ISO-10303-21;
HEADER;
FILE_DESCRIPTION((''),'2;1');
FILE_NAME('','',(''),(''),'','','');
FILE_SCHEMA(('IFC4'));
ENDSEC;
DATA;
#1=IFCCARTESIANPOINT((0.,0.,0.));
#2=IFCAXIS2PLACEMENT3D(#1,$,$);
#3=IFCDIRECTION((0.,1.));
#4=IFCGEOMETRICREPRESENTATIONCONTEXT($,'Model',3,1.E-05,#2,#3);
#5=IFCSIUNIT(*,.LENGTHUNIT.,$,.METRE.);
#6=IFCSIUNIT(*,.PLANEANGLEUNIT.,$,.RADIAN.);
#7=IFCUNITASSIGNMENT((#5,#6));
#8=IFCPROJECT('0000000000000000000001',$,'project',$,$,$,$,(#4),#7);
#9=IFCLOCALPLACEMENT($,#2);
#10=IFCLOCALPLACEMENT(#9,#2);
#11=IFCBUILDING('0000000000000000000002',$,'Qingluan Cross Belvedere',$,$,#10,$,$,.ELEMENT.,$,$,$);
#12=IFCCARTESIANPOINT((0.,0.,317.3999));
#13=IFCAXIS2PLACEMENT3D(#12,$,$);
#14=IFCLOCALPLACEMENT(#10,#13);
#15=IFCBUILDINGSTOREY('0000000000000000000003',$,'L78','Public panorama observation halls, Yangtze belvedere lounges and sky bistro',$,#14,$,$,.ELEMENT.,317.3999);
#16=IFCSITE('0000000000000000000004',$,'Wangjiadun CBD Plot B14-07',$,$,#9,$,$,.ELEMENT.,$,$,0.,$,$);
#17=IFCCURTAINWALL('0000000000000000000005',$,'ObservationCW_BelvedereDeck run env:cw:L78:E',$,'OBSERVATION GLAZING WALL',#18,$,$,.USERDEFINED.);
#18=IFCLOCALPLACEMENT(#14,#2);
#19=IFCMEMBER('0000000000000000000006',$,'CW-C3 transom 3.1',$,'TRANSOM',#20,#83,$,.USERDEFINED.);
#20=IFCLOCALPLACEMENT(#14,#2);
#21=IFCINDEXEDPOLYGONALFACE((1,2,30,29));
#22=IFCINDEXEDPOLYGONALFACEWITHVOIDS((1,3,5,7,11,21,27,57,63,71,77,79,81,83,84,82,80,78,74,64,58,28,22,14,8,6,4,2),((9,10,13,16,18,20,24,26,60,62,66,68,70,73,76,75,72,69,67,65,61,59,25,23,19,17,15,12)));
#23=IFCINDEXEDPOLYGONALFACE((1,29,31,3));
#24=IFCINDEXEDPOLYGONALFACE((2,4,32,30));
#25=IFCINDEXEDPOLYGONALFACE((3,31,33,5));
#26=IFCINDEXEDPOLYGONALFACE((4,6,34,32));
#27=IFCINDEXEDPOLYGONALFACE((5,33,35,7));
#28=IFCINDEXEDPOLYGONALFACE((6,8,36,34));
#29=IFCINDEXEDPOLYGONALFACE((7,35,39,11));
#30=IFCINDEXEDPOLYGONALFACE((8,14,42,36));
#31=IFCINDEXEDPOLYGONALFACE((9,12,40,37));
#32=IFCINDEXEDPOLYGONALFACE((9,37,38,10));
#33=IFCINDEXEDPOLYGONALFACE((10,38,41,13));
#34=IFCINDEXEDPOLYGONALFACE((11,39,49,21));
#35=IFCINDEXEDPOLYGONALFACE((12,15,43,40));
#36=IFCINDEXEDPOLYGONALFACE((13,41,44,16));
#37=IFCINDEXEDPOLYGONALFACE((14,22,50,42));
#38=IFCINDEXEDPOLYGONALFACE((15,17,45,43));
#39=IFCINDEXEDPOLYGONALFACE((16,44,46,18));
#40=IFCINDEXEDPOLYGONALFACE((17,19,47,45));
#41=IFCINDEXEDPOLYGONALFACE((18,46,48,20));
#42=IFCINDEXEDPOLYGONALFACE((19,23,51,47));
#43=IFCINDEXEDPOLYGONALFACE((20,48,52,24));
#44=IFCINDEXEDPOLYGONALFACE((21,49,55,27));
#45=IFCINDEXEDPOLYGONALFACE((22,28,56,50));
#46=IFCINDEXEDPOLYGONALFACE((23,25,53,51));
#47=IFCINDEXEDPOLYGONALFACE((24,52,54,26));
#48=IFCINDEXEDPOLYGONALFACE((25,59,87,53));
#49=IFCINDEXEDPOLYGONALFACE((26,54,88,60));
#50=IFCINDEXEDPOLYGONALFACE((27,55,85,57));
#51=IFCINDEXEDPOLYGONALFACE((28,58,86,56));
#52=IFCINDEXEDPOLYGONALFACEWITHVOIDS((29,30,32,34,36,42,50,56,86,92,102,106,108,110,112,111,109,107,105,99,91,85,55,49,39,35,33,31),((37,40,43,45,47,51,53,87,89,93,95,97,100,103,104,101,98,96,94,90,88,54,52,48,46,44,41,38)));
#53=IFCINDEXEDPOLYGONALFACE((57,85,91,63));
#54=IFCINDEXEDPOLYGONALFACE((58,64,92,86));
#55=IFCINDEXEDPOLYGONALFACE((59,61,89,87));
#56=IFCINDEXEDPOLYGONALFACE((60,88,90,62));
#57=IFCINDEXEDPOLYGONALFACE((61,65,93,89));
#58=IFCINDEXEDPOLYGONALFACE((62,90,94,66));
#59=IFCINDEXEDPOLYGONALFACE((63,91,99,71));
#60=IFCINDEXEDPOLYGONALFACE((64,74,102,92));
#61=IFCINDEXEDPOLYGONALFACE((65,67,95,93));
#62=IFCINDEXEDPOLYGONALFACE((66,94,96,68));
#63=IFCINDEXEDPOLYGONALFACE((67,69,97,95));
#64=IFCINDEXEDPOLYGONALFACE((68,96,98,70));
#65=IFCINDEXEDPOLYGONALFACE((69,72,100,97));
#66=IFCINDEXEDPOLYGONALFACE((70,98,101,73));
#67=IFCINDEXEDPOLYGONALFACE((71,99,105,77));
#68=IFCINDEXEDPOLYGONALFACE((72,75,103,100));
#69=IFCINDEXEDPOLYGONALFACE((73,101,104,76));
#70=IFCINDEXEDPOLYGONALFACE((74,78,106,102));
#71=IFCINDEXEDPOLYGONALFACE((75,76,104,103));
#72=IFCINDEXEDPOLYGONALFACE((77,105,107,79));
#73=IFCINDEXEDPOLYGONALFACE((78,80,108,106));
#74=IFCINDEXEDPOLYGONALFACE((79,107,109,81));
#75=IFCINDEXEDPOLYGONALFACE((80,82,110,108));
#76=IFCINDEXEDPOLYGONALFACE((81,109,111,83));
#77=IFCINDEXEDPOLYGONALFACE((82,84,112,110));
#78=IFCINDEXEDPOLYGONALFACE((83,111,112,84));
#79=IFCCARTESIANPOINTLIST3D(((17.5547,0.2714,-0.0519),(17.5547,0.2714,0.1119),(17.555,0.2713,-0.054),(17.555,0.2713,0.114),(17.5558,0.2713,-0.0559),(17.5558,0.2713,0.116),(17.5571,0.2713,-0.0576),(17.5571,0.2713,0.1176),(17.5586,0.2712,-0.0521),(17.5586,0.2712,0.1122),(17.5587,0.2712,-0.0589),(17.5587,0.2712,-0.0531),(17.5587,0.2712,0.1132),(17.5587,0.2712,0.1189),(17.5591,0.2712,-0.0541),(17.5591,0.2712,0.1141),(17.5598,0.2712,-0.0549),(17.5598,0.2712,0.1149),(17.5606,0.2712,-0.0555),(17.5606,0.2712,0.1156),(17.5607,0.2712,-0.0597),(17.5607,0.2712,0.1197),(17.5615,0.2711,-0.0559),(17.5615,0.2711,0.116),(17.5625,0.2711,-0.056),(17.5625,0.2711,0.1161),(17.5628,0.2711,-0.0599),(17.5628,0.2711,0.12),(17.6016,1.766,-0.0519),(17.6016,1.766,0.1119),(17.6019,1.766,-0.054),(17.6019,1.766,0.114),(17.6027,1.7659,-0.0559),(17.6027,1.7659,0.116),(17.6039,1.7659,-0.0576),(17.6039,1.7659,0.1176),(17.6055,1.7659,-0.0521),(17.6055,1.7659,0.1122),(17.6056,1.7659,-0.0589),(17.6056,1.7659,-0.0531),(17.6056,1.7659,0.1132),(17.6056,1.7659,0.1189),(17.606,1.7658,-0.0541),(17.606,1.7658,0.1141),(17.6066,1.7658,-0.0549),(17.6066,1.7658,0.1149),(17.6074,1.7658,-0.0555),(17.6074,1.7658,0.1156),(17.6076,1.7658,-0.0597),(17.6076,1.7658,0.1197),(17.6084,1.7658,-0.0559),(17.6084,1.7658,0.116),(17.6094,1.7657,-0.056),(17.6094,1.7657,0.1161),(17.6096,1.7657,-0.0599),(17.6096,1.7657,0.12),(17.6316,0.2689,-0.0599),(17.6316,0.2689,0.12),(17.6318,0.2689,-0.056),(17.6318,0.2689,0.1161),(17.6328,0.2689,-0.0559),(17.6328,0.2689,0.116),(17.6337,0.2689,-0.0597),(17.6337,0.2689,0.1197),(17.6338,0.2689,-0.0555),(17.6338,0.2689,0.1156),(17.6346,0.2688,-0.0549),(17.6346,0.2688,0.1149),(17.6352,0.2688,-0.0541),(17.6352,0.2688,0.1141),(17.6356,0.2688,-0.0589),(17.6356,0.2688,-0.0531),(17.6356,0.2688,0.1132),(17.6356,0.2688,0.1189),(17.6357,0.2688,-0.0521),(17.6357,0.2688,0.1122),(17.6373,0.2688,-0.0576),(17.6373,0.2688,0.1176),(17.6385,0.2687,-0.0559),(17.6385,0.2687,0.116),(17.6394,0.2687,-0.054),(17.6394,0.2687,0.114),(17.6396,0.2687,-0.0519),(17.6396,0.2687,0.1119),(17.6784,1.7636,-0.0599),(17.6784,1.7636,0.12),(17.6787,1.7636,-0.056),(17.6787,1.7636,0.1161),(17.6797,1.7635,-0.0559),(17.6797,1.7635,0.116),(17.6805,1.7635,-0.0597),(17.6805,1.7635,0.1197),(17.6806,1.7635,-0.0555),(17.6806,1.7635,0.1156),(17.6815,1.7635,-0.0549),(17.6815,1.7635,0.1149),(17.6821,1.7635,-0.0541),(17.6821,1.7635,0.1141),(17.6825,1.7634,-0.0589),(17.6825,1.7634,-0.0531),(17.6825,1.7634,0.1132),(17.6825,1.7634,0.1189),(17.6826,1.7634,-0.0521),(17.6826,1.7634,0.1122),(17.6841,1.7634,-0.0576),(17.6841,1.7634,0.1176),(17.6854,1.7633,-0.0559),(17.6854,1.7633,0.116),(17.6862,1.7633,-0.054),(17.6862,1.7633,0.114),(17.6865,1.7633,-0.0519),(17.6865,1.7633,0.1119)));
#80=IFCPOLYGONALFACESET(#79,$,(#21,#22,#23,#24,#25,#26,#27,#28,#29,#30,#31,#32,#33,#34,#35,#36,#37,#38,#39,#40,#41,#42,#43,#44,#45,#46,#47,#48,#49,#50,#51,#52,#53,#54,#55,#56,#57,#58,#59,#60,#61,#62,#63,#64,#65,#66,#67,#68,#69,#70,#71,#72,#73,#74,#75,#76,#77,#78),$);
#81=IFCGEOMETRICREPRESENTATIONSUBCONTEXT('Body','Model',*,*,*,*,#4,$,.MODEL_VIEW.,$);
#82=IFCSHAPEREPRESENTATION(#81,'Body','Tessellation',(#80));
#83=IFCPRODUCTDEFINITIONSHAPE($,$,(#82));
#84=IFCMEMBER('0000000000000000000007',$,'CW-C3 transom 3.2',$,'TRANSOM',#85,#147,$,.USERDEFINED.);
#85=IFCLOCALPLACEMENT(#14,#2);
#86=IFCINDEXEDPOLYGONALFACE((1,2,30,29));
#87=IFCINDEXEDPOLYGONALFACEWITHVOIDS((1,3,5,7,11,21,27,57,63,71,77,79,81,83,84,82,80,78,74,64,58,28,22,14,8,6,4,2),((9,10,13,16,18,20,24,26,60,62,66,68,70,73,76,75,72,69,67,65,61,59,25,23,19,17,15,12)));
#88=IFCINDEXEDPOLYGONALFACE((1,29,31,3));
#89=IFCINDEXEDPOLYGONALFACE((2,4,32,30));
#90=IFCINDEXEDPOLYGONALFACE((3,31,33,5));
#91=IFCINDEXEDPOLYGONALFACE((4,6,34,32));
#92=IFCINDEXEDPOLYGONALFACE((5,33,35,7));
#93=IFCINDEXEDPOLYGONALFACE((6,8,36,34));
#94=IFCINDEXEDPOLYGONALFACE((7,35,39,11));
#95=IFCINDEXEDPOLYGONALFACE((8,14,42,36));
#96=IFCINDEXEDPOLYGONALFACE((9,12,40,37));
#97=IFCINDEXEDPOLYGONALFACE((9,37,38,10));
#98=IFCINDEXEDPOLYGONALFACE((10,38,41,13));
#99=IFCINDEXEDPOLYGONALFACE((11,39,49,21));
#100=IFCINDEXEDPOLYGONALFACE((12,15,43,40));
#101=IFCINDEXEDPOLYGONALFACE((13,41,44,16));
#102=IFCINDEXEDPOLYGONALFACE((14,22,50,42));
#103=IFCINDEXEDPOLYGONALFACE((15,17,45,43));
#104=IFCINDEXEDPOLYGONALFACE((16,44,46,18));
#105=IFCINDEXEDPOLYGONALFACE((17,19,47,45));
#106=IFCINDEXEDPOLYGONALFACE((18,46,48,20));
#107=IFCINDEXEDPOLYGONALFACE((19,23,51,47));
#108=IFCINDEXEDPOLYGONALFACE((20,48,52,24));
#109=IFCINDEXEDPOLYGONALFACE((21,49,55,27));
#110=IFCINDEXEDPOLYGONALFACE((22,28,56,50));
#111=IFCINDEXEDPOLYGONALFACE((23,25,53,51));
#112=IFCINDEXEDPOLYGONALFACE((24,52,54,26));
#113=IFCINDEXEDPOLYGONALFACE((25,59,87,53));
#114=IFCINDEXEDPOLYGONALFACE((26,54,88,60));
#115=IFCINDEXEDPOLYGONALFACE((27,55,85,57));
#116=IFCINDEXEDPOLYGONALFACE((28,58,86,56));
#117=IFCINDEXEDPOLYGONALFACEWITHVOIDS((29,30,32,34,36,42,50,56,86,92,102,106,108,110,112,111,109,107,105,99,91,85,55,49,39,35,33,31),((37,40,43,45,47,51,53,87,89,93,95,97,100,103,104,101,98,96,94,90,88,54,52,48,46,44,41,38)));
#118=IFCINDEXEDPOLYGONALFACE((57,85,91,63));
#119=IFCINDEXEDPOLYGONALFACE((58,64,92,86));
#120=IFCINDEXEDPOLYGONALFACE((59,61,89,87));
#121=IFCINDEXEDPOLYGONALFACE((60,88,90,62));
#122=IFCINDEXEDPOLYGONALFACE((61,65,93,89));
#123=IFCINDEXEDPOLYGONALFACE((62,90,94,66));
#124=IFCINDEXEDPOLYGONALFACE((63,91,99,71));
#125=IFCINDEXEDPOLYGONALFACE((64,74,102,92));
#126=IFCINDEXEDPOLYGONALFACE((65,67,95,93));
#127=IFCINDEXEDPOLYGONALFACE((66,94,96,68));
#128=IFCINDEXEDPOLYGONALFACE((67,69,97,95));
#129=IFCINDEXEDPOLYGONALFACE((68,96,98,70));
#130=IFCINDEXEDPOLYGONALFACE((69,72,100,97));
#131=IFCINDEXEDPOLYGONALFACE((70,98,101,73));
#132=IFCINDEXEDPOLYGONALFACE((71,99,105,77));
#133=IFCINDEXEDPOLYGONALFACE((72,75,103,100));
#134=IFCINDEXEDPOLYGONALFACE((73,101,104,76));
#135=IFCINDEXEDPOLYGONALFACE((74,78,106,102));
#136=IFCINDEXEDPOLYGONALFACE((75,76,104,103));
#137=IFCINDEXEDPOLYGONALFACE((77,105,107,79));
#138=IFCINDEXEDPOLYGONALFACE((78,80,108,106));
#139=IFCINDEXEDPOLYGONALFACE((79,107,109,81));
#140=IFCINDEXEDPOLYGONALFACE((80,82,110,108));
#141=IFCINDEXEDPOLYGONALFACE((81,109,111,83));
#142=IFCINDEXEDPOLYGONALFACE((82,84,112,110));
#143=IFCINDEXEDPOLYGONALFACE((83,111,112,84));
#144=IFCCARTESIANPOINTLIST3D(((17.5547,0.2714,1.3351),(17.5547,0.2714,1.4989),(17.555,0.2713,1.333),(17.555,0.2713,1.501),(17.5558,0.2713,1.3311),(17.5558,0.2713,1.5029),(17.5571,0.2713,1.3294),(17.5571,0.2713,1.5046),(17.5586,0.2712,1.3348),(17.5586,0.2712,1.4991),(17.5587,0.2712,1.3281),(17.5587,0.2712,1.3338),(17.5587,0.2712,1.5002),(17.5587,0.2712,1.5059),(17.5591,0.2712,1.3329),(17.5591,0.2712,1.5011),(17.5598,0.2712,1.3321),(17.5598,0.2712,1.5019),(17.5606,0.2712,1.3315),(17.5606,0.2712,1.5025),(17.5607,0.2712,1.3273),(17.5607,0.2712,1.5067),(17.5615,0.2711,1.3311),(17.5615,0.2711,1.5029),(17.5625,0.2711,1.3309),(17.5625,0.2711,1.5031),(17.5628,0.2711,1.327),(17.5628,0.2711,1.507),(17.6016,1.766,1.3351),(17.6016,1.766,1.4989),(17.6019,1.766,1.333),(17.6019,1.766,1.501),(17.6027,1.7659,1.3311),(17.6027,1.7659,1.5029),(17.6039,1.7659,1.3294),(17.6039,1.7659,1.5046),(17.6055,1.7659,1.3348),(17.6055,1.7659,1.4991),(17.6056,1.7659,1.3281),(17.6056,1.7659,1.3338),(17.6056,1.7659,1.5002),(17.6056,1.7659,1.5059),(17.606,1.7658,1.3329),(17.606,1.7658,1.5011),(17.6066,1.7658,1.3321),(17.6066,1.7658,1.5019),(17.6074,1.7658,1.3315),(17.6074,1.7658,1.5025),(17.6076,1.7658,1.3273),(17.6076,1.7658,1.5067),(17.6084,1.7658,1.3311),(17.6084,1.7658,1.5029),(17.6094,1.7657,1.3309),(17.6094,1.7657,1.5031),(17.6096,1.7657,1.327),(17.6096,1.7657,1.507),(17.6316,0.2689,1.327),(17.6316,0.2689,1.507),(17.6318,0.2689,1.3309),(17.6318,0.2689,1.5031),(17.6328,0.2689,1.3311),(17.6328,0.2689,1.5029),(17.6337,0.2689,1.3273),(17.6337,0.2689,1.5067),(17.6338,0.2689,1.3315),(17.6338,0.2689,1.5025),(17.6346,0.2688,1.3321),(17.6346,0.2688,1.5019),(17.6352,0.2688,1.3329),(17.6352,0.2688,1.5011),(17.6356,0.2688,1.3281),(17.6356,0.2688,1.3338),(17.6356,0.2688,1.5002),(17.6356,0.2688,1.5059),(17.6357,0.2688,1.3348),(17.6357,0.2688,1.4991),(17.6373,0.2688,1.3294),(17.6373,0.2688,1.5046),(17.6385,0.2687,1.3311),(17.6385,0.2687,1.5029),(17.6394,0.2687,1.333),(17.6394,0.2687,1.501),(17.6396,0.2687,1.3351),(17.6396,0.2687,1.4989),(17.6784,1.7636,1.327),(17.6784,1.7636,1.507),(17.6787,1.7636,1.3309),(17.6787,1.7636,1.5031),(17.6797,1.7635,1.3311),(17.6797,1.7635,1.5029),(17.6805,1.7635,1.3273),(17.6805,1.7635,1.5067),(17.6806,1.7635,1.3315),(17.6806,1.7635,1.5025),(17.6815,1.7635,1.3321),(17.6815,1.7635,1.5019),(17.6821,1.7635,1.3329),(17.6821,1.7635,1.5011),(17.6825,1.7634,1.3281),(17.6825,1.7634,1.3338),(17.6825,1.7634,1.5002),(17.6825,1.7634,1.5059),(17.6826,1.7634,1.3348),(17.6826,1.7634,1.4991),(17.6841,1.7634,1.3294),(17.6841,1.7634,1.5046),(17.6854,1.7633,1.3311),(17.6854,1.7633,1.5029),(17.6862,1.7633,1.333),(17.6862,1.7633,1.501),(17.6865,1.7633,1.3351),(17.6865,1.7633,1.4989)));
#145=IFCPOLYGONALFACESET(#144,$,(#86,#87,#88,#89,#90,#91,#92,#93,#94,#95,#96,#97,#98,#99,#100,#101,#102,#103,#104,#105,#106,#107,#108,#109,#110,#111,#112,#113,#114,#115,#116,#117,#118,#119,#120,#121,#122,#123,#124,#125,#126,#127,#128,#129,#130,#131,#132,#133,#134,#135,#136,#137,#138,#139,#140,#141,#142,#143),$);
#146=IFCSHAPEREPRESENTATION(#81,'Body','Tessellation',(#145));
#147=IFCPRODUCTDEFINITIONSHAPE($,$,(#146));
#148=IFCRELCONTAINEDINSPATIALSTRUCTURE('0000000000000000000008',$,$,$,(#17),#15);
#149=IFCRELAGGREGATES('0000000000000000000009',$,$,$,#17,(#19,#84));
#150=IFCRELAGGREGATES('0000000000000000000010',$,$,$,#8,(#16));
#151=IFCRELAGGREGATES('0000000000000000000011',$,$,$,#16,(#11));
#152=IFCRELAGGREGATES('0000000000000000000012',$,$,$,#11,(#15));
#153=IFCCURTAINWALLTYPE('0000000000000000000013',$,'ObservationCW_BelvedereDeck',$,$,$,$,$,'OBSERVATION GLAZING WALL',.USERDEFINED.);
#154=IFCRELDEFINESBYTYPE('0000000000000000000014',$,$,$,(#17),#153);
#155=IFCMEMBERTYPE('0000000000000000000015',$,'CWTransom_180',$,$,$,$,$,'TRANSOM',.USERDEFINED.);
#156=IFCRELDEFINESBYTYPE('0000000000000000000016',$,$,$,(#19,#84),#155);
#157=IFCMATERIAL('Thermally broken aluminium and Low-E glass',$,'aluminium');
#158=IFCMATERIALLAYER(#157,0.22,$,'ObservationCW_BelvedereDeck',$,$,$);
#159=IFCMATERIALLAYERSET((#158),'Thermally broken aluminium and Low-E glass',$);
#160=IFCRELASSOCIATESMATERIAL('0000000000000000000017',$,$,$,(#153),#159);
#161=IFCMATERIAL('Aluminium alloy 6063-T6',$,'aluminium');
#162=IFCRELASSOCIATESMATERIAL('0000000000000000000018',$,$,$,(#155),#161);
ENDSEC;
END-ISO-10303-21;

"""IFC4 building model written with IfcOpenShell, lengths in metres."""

from ifc_helpers import new_model, si_unit, direction, frame, origin, origin_2d, place, context, subcontext, project, spatial, hollow_rectangle, extrude, material, layer, layer_set, material_profile, profile_set, type_object, element, aggregate, save


model = new_model("IFC4")

# Units and contexts
model_context = context("Model", 3, precision=1e-05, world=origin(), true_north=direction((0.0, 1.0)))
body_context = subcontext(model_context, "Body", "Model", "MODEL_VIEW")
ifc_project = project(units=[si_unit("LENGTHUNIT", "METRE"), si_unit("PLANEANGLEUNIT", "RADIAN")], contexts=[model_context])

# Site, building, storey
site_placement = place(None, origin())
site = spatial("IfcSite", under=ifc_project, at=site_placement, Name="Wangjiadun CBD Plot B14-07", CompositionType="ELEMENT", RefElevation=0.0)
building_placement = place(site_placement, origin())
building = spatial("IfcBuilding", under=site, at=building_placement, Name="Qingluan Cross Belvedere", CompositionType="ELEMENT")
storey_placement = place(building_placement, frame((0.0, 0.0, 317.3999)))
storey = spatial("IfcBuildingStorey", under=building, at=storey_placement, Name="L78", Description="Public panorama observation halls, Yangtze belvedere lounges and sky bistro", CompositionType="ELEMENT", Elevation=317.3999)

# Curtain wall, members
ifc_material_1 = material(Name="Thermally broken aluminium and Low-E glass", Category="aluminium")
ifc_layer_1 = layer(ifc_material_1, 0.22, Name="ObservationCW_BelvedereDeck")
ifc_layer_set_1 = layer_set([ifc_layer_1], Name="Thermally broken aluminium and Low-E glass")
curtain_wall_type = type_object("IfcCurtainWallType", Name="ObservationCW_BelvedereDeck", ElementType="OBSERVATION GLAZING WALL", PredefinedType="USERDEFINED", material=ifc_layer_set_1)
curtain_wall_placement = place(storey_placement, origin())
curtain_wall = element("IfcCurtainWall", 1, at=curtain_wall_placement, inside=storey, type_object=curtain_wall_type, Name="ObservationCW_BelvedereDeck run env:cw:L78:E", ObjectType="OBSERVATION GLAZING WALL", PredefinedType="USERDEFINED")
ifc_material_2 = material(Name="Aluminium alloy 6063-T6", Category="aluminium")
ifc_material_profile_1 = material_profile(ifc_material_2, hollow_rectangle(XDim=0.085, YDim=0.1799, WallThickness=0.0039, InnerFilletRadius=0.0039, OuterFilletRadius=0.0081, at=origin_2d()), Name="CWT180x85x4")
ifc_profile_set_1 = profile_set([ifc_material_profile_1], Name="Aluminium alloy 6063-T6")
member_type_1 = type_object("IfcMemberType", Name="CWTransom_180", ElementType="TRANSOM", PredefinedType="USERDEFINED", material=ifc_profile_set_1)
member_1_placement = place(storey_placement, frame((17.5972, 0.27, 0.03), z_axis=(0.031347, 0.999509, 0.0), x_axis=(-0.999509, 0.031347, 0.0)))
member_1 = element("IfcMember", 2, at=member_1_placement, type_object=member_type_1, Name="CW-C3 transom 3.1", ObjectType="TRANSOM", PredefinedType="USERDEFINED", context=body_context, shape_type="SweptSolid", body=[
    extrude(hollow_rectangle(XDim=0.085, YDim=0.1799, WallThickness=0.0039, InnerFilletRadius=0.0039, OuterFilletRadius=0.0081, at=origin_2d()), origin(), (0.0, 0.0, 1.0), 1.4954),
])
member_2_placement = place(storey_placement, frame((17.5972, 0.27, 1.417), z_axis=(0.031347, 0.999509, 0.0), x_axis=(-0.999509, 0.031347, 0.0)))
member_2 = element("IfcMember", 3, at=member_2_placement, type_object=member_type_1, Name="CW-C3 transom 3.2", ObjectType="TRANSOM", PredefinedType="USERDEFINED", context=body_context, shape_type="SweptSolid", body=[
    extrude(hollow_rectangle(XDim=0.085, YDim=0.1799, WallThickness=0.0039, InnerFilletRadius=0.0039, OuterFilletRadius=0.0081, at=origin_2d()), origin(), (0.0, 0.0, 1.0), 1.4954),
])
aggregate(curtain_wall, [member_1, member_2])

save(model, "model.ifc")
